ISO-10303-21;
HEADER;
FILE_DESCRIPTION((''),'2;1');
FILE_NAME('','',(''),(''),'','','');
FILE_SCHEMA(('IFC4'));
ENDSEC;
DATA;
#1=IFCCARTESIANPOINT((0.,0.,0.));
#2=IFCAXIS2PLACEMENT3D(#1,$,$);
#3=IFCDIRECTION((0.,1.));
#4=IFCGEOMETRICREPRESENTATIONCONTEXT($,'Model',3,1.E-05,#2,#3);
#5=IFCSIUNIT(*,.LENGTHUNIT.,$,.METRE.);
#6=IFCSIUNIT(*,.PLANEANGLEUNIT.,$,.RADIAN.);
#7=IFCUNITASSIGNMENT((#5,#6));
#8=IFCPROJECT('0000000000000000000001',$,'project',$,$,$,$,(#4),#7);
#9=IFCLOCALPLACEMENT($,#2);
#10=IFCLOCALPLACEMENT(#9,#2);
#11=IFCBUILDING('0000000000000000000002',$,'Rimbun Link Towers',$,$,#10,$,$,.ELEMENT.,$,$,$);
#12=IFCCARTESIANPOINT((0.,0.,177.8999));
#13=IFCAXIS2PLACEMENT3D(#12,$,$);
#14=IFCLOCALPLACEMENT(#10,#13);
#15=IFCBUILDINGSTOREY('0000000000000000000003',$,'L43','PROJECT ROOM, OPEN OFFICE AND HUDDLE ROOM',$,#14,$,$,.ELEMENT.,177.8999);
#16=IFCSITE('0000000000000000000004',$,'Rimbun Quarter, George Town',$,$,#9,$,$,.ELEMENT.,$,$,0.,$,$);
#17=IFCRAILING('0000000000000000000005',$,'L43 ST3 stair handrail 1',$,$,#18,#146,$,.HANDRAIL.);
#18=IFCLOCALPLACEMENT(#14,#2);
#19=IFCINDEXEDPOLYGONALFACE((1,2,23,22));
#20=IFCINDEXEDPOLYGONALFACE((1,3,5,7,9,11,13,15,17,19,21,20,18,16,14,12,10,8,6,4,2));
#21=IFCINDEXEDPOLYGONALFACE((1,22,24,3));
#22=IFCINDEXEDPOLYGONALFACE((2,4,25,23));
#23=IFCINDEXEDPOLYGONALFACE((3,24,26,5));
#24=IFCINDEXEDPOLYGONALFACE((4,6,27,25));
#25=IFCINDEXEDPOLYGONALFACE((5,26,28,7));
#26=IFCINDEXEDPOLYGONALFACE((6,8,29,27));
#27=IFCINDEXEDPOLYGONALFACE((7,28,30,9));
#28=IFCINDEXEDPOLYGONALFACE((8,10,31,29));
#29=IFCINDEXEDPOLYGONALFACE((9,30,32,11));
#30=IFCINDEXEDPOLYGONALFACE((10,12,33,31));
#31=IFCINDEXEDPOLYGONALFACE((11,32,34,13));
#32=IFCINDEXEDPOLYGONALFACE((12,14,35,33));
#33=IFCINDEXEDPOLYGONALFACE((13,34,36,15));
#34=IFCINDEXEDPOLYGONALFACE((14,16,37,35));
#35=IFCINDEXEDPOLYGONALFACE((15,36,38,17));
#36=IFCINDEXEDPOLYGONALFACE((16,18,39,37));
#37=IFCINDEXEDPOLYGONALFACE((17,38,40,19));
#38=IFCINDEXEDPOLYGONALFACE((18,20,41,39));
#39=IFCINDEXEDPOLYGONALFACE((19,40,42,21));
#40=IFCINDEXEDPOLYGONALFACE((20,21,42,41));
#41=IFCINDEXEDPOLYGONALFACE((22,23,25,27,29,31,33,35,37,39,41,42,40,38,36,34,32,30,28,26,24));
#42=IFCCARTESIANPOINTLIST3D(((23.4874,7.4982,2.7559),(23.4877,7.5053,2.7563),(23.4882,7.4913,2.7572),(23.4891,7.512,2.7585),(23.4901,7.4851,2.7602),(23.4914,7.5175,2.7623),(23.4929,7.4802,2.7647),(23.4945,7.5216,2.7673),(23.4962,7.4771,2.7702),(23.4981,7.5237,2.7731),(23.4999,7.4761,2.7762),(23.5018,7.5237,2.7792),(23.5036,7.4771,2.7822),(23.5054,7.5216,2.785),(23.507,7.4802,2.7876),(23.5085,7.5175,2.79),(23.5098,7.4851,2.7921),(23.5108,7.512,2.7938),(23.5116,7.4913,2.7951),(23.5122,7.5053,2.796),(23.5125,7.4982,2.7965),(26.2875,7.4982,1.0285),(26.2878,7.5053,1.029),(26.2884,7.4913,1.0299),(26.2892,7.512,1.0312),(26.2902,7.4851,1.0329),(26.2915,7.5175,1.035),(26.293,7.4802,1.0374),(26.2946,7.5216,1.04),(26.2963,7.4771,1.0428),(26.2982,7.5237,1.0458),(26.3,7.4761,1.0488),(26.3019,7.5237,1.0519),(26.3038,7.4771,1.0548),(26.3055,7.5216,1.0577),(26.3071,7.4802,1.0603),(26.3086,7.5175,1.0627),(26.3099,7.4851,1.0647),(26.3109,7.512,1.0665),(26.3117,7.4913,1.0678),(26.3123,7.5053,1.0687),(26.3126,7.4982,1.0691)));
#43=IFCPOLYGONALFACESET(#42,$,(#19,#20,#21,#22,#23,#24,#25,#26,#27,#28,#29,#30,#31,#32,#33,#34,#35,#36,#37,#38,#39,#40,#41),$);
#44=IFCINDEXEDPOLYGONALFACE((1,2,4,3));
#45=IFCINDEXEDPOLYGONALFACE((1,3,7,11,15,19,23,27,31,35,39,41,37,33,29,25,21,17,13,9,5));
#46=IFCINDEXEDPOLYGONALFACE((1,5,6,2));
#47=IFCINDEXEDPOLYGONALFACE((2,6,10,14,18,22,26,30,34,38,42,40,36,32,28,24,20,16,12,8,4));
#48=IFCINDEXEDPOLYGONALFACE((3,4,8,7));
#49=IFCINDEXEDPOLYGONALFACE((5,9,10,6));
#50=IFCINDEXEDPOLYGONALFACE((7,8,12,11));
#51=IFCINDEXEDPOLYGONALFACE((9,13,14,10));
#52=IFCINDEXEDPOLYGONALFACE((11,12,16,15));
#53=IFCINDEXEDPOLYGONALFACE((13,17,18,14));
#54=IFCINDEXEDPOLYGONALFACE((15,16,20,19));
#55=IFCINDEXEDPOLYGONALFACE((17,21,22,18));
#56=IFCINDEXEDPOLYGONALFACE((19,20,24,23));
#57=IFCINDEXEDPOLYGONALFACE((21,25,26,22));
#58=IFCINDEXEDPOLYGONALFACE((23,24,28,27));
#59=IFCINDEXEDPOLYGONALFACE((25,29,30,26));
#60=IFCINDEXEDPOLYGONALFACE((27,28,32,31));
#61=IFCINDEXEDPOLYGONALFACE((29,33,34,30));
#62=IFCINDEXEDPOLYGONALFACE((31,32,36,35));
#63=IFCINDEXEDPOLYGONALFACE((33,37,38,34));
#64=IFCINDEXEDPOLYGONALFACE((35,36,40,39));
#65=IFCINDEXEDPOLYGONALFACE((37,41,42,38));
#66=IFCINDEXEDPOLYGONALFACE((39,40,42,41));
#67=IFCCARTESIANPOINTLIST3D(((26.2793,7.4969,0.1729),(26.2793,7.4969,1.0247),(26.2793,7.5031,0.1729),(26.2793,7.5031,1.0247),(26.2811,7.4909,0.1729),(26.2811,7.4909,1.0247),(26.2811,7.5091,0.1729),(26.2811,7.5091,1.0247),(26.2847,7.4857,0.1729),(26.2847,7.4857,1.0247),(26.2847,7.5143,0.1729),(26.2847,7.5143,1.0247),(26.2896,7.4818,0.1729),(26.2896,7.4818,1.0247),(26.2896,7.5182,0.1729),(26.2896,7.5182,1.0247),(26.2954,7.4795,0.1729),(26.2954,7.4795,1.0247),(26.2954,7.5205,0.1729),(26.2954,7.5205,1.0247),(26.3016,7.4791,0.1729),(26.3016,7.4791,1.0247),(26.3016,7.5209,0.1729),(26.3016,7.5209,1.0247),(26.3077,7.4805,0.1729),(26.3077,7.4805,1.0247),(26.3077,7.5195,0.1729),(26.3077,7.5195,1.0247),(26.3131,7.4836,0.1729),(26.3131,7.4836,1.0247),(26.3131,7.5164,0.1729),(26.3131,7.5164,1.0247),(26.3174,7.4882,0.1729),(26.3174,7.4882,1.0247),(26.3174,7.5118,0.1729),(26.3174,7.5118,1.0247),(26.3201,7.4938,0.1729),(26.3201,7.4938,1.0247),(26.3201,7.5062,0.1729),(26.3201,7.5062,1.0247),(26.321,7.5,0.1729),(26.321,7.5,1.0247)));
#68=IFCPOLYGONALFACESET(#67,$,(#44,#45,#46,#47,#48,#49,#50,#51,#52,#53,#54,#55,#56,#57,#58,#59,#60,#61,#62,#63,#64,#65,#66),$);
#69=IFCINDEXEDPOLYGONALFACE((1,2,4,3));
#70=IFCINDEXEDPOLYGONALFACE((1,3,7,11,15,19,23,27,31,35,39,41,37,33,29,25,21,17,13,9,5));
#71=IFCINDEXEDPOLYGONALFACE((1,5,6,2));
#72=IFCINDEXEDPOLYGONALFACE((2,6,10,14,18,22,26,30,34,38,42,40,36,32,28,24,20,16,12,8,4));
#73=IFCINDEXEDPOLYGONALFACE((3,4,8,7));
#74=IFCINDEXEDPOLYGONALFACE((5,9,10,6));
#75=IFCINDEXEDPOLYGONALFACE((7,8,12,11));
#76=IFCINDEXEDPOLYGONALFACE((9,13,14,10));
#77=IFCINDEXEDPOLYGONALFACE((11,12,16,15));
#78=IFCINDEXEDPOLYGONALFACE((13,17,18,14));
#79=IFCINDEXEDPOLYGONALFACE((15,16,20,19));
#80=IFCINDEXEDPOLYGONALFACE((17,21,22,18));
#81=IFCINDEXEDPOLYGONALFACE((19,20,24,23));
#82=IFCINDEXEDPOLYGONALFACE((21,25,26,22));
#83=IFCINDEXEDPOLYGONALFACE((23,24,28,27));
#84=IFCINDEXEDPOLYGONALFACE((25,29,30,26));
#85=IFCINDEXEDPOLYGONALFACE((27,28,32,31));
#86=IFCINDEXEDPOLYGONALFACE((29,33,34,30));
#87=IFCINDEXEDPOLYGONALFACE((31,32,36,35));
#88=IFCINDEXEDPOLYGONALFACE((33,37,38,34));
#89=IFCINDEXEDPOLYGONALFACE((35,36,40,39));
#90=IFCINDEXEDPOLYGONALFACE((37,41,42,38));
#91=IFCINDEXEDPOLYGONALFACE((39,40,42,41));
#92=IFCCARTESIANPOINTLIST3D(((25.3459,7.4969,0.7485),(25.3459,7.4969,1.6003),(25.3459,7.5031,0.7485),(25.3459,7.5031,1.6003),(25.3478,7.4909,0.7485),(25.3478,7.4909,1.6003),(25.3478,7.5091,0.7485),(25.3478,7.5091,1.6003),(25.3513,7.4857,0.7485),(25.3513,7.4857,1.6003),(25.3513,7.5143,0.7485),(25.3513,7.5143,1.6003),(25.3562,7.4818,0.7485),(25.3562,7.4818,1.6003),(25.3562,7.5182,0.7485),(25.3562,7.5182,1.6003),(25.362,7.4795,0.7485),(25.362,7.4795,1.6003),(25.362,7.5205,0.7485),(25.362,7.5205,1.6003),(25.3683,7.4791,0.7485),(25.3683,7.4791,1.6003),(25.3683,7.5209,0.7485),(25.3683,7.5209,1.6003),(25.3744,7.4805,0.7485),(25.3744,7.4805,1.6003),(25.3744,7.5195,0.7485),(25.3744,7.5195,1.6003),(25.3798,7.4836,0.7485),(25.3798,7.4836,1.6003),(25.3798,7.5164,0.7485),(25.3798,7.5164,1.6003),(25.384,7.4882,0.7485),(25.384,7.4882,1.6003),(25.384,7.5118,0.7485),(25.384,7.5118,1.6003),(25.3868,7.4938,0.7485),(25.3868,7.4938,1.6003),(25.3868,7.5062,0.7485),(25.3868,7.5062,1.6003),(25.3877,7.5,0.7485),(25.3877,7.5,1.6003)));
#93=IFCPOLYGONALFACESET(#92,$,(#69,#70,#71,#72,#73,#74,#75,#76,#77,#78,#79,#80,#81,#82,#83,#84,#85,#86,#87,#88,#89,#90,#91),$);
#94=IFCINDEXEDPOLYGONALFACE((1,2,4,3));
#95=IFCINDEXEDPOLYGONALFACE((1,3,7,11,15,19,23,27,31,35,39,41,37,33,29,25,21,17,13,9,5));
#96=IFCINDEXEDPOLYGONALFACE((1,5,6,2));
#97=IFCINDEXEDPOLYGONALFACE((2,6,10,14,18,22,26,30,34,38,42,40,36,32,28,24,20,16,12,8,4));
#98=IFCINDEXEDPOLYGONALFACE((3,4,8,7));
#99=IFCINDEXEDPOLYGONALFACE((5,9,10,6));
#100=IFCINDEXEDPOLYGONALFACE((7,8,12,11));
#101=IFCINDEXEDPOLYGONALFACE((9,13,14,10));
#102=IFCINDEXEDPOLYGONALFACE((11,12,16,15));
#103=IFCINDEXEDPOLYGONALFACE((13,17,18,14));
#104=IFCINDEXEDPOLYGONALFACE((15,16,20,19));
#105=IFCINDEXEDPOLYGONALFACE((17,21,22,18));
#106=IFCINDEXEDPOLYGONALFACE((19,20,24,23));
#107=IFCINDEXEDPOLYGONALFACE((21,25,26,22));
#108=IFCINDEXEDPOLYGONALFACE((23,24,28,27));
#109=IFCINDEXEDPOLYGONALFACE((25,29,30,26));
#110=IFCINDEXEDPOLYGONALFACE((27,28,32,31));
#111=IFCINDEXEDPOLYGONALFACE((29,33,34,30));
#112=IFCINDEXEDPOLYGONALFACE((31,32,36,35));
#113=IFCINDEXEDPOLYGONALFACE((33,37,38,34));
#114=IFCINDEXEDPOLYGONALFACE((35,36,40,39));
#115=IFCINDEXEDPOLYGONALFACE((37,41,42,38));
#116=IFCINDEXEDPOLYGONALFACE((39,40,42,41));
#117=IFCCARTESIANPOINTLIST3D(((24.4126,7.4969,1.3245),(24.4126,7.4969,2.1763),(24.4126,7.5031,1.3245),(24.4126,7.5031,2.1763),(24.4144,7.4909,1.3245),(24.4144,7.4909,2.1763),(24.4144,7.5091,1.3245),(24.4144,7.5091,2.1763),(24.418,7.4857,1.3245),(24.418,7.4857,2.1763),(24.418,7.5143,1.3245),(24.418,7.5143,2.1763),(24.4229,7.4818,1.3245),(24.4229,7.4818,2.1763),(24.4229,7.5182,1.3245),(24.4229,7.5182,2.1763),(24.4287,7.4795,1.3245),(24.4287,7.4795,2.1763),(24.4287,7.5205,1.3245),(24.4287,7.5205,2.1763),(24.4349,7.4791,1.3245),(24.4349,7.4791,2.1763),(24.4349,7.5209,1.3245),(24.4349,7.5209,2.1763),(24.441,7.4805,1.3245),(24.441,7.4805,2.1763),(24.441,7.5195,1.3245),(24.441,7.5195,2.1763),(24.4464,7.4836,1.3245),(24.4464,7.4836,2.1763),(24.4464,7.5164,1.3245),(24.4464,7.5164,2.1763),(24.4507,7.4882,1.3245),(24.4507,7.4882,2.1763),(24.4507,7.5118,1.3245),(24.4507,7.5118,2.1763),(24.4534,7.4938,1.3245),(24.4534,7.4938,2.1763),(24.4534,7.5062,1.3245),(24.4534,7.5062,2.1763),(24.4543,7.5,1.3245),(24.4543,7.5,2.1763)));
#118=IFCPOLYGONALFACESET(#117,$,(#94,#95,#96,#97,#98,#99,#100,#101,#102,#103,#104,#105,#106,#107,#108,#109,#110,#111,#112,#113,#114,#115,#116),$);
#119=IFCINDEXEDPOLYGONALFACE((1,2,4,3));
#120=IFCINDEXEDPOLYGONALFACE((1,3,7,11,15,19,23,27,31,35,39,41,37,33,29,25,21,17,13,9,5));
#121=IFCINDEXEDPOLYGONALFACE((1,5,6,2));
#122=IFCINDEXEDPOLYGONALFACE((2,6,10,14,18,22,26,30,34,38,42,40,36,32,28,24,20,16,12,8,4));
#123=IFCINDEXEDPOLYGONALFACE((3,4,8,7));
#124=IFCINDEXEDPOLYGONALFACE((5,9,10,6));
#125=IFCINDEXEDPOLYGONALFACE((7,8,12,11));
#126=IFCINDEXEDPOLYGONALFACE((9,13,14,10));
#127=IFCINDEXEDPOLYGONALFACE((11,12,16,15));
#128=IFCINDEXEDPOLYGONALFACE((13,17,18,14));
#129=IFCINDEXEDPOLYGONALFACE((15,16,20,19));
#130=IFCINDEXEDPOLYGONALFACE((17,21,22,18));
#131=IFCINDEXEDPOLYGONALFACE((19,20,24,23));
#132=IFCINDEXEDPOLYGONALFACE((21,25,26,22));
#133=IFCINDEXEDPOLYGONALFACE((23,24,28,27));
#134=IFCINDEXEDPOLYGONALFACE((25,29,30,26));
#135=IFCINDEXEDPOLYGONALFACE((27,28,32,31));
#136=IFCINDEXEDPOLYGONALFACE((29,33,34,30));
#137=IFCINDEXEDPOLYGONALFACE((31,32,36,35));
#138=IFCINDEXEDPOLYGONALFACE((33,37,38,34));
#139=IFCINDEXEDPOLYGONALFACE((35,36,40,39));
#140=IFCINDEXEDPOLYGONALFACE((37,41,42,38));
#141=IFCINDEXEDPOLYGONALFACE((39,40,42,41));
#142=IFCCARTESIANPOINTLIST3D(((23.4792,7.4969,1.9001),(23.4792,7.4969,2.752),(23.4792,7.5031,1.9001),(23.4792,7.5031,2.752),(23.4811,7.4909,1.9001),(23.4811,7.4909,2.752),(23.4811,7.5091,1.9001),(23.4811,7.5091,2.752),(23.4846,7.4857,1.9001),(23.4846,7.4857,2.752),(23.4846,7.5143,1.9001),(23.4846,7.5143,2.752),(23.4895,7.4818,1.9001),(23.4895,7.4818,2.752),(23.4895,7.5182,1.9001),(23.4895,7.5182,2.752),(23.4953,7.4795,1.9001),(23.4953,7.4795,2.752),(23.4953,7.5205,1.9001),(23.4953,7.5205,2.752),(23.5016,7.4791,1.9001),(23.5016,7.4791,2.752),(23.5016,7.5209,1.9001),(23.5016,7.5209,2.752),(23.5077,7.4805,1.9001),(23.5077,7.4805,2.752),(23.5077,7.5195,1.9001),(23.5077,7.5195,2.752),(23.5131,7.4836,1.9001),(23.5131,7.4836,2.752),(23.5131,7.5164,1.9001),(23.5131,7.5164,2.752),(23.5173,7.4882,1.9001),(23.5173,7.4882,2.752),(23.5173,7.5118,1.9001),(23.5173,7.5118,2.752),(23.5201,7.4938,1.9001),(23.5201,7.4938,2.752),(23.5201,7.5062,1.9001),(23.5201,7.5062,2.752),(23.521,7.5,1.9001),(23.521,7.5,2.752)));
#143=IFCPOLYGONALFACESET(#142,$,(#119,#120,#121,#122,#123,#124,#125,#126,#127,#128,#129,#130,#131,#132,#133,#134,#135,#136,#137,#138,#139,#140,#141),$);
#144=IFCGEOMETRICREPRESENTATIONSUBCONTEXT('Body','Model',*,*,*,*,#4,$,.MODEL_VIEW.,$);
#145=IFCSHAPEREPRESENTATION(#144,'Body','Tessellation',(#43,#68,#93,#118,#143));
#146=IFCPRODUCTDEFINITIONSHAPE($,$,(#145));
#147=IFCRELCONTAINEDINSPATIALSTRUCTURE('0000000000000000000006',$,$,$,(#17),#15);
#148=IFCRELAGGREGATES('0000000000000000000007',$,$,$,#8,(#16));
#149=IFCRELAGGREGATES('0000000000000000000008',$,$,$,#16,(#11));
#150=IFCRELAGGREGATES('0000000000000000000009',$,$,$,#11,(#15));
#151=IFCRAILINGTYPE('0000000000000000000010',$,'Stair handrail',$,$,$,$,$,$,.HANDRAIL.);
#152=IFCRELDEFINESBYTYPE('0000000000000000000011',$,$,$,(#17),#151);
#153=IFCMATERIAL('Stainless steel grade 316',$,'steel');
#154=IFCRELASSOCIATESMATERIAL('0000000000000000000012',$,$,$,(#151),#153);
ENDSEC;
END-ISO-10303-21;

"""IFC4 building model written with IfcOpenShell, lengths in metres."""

from ifc_helpers import new_model, si_unit, direction, frame, origin, origin_2d, place, context, subcontext, project, spatial, circle, extrude, material, type_object, element, save


model = new_model("IFC4")

# Units and contexts
model_context = context("Model", 3, precision=1e-05, world=origin(), true_north=direction((0.0, 1.0)))
body_context = subcontext(model_context, "Body", "Model", "MODEL_VIEW")
ifc_project = project(units=[si_unit("LENGTHUNIT", "METRE"), si_unit("PLANEANGLEUNIT", "RADIAN")], contexts=[model_context])

# Site, building, storey
site_placement = place(None, origin())
site = spatial("IfcSite", under=ifc_project, at=site_placement, Name="Rimbun Quarter, George Town", CompositionType="ELEMENT", RefElevation=0.0)
building_placement = place(site_placement, origin())
building = spatial("IfcBuilding", under=site, at=building_placement, Name="Rimbun Link Towers", CompositionType="ELEMENT")
storey_placement = place(building_placement, frame((0.0, 0.0, 177.8999)))
storey = spatial("IfcBuildingStorey", under=building, at=storey_placement, Name="L43", Description="PROJECT ROOM, OPEN OFFICE AND HUDDLE ROOM", CompositionType="ELEMENT", Elevation=177.8999)

# Railing
ifc_material_1 = material(Name="Stainless steel grade 316", Category="steel")
railing_type_1 = type_object("IfcRailingType", Name="Stair handrail", PredefinedType="HANDRAIL", material=ifc_material_1)
railing_1_placement = place(storey_placement, frame((26.3, 7.5, 0.1729)))
element("IfcRailing", 1, at=railing_1_placement, inside=storey, type_object=railing_type_1, Name="L43 ST3 stair handrail 1", PredefinedType="HANDRAIL", context=body_context, shape_type="SweptSolid", body=[
    extrude(circle(Radius=0.0239, at=origin_2d()), frame((0.0, 0.0, 0.876), z_axis=(-0.85109, 0.0, 0.52502), x_axis=(0.0, -1.0, 0.0)), (0.0, 0.0, 1.0), 3.29),
    extrude(circle(Radius=0.021, at=origin_2d()), origin(), (0.0, 0.0, 1.0), 0.8518),
    extrude(circle(Radius=0.021, at=origin_2d()), frame((-0.9333, 0.0, 0.5757)), (0.0, 0.0, 1.0), 0.8518),
    extrude(circle(Radius=0.021, at=origin_2d()), frame((-1.8667, 0.0, 1.1516)), (0.0, 0.0, 1.0), 0.8518),
    extrude(circle(Radius=0.021, at=origin_2d()), frame((-2.8, 0.0, 1.7273)), (0.0, 0.0, 1.0), 0.8518),
])

save(model, "model.ifc")
